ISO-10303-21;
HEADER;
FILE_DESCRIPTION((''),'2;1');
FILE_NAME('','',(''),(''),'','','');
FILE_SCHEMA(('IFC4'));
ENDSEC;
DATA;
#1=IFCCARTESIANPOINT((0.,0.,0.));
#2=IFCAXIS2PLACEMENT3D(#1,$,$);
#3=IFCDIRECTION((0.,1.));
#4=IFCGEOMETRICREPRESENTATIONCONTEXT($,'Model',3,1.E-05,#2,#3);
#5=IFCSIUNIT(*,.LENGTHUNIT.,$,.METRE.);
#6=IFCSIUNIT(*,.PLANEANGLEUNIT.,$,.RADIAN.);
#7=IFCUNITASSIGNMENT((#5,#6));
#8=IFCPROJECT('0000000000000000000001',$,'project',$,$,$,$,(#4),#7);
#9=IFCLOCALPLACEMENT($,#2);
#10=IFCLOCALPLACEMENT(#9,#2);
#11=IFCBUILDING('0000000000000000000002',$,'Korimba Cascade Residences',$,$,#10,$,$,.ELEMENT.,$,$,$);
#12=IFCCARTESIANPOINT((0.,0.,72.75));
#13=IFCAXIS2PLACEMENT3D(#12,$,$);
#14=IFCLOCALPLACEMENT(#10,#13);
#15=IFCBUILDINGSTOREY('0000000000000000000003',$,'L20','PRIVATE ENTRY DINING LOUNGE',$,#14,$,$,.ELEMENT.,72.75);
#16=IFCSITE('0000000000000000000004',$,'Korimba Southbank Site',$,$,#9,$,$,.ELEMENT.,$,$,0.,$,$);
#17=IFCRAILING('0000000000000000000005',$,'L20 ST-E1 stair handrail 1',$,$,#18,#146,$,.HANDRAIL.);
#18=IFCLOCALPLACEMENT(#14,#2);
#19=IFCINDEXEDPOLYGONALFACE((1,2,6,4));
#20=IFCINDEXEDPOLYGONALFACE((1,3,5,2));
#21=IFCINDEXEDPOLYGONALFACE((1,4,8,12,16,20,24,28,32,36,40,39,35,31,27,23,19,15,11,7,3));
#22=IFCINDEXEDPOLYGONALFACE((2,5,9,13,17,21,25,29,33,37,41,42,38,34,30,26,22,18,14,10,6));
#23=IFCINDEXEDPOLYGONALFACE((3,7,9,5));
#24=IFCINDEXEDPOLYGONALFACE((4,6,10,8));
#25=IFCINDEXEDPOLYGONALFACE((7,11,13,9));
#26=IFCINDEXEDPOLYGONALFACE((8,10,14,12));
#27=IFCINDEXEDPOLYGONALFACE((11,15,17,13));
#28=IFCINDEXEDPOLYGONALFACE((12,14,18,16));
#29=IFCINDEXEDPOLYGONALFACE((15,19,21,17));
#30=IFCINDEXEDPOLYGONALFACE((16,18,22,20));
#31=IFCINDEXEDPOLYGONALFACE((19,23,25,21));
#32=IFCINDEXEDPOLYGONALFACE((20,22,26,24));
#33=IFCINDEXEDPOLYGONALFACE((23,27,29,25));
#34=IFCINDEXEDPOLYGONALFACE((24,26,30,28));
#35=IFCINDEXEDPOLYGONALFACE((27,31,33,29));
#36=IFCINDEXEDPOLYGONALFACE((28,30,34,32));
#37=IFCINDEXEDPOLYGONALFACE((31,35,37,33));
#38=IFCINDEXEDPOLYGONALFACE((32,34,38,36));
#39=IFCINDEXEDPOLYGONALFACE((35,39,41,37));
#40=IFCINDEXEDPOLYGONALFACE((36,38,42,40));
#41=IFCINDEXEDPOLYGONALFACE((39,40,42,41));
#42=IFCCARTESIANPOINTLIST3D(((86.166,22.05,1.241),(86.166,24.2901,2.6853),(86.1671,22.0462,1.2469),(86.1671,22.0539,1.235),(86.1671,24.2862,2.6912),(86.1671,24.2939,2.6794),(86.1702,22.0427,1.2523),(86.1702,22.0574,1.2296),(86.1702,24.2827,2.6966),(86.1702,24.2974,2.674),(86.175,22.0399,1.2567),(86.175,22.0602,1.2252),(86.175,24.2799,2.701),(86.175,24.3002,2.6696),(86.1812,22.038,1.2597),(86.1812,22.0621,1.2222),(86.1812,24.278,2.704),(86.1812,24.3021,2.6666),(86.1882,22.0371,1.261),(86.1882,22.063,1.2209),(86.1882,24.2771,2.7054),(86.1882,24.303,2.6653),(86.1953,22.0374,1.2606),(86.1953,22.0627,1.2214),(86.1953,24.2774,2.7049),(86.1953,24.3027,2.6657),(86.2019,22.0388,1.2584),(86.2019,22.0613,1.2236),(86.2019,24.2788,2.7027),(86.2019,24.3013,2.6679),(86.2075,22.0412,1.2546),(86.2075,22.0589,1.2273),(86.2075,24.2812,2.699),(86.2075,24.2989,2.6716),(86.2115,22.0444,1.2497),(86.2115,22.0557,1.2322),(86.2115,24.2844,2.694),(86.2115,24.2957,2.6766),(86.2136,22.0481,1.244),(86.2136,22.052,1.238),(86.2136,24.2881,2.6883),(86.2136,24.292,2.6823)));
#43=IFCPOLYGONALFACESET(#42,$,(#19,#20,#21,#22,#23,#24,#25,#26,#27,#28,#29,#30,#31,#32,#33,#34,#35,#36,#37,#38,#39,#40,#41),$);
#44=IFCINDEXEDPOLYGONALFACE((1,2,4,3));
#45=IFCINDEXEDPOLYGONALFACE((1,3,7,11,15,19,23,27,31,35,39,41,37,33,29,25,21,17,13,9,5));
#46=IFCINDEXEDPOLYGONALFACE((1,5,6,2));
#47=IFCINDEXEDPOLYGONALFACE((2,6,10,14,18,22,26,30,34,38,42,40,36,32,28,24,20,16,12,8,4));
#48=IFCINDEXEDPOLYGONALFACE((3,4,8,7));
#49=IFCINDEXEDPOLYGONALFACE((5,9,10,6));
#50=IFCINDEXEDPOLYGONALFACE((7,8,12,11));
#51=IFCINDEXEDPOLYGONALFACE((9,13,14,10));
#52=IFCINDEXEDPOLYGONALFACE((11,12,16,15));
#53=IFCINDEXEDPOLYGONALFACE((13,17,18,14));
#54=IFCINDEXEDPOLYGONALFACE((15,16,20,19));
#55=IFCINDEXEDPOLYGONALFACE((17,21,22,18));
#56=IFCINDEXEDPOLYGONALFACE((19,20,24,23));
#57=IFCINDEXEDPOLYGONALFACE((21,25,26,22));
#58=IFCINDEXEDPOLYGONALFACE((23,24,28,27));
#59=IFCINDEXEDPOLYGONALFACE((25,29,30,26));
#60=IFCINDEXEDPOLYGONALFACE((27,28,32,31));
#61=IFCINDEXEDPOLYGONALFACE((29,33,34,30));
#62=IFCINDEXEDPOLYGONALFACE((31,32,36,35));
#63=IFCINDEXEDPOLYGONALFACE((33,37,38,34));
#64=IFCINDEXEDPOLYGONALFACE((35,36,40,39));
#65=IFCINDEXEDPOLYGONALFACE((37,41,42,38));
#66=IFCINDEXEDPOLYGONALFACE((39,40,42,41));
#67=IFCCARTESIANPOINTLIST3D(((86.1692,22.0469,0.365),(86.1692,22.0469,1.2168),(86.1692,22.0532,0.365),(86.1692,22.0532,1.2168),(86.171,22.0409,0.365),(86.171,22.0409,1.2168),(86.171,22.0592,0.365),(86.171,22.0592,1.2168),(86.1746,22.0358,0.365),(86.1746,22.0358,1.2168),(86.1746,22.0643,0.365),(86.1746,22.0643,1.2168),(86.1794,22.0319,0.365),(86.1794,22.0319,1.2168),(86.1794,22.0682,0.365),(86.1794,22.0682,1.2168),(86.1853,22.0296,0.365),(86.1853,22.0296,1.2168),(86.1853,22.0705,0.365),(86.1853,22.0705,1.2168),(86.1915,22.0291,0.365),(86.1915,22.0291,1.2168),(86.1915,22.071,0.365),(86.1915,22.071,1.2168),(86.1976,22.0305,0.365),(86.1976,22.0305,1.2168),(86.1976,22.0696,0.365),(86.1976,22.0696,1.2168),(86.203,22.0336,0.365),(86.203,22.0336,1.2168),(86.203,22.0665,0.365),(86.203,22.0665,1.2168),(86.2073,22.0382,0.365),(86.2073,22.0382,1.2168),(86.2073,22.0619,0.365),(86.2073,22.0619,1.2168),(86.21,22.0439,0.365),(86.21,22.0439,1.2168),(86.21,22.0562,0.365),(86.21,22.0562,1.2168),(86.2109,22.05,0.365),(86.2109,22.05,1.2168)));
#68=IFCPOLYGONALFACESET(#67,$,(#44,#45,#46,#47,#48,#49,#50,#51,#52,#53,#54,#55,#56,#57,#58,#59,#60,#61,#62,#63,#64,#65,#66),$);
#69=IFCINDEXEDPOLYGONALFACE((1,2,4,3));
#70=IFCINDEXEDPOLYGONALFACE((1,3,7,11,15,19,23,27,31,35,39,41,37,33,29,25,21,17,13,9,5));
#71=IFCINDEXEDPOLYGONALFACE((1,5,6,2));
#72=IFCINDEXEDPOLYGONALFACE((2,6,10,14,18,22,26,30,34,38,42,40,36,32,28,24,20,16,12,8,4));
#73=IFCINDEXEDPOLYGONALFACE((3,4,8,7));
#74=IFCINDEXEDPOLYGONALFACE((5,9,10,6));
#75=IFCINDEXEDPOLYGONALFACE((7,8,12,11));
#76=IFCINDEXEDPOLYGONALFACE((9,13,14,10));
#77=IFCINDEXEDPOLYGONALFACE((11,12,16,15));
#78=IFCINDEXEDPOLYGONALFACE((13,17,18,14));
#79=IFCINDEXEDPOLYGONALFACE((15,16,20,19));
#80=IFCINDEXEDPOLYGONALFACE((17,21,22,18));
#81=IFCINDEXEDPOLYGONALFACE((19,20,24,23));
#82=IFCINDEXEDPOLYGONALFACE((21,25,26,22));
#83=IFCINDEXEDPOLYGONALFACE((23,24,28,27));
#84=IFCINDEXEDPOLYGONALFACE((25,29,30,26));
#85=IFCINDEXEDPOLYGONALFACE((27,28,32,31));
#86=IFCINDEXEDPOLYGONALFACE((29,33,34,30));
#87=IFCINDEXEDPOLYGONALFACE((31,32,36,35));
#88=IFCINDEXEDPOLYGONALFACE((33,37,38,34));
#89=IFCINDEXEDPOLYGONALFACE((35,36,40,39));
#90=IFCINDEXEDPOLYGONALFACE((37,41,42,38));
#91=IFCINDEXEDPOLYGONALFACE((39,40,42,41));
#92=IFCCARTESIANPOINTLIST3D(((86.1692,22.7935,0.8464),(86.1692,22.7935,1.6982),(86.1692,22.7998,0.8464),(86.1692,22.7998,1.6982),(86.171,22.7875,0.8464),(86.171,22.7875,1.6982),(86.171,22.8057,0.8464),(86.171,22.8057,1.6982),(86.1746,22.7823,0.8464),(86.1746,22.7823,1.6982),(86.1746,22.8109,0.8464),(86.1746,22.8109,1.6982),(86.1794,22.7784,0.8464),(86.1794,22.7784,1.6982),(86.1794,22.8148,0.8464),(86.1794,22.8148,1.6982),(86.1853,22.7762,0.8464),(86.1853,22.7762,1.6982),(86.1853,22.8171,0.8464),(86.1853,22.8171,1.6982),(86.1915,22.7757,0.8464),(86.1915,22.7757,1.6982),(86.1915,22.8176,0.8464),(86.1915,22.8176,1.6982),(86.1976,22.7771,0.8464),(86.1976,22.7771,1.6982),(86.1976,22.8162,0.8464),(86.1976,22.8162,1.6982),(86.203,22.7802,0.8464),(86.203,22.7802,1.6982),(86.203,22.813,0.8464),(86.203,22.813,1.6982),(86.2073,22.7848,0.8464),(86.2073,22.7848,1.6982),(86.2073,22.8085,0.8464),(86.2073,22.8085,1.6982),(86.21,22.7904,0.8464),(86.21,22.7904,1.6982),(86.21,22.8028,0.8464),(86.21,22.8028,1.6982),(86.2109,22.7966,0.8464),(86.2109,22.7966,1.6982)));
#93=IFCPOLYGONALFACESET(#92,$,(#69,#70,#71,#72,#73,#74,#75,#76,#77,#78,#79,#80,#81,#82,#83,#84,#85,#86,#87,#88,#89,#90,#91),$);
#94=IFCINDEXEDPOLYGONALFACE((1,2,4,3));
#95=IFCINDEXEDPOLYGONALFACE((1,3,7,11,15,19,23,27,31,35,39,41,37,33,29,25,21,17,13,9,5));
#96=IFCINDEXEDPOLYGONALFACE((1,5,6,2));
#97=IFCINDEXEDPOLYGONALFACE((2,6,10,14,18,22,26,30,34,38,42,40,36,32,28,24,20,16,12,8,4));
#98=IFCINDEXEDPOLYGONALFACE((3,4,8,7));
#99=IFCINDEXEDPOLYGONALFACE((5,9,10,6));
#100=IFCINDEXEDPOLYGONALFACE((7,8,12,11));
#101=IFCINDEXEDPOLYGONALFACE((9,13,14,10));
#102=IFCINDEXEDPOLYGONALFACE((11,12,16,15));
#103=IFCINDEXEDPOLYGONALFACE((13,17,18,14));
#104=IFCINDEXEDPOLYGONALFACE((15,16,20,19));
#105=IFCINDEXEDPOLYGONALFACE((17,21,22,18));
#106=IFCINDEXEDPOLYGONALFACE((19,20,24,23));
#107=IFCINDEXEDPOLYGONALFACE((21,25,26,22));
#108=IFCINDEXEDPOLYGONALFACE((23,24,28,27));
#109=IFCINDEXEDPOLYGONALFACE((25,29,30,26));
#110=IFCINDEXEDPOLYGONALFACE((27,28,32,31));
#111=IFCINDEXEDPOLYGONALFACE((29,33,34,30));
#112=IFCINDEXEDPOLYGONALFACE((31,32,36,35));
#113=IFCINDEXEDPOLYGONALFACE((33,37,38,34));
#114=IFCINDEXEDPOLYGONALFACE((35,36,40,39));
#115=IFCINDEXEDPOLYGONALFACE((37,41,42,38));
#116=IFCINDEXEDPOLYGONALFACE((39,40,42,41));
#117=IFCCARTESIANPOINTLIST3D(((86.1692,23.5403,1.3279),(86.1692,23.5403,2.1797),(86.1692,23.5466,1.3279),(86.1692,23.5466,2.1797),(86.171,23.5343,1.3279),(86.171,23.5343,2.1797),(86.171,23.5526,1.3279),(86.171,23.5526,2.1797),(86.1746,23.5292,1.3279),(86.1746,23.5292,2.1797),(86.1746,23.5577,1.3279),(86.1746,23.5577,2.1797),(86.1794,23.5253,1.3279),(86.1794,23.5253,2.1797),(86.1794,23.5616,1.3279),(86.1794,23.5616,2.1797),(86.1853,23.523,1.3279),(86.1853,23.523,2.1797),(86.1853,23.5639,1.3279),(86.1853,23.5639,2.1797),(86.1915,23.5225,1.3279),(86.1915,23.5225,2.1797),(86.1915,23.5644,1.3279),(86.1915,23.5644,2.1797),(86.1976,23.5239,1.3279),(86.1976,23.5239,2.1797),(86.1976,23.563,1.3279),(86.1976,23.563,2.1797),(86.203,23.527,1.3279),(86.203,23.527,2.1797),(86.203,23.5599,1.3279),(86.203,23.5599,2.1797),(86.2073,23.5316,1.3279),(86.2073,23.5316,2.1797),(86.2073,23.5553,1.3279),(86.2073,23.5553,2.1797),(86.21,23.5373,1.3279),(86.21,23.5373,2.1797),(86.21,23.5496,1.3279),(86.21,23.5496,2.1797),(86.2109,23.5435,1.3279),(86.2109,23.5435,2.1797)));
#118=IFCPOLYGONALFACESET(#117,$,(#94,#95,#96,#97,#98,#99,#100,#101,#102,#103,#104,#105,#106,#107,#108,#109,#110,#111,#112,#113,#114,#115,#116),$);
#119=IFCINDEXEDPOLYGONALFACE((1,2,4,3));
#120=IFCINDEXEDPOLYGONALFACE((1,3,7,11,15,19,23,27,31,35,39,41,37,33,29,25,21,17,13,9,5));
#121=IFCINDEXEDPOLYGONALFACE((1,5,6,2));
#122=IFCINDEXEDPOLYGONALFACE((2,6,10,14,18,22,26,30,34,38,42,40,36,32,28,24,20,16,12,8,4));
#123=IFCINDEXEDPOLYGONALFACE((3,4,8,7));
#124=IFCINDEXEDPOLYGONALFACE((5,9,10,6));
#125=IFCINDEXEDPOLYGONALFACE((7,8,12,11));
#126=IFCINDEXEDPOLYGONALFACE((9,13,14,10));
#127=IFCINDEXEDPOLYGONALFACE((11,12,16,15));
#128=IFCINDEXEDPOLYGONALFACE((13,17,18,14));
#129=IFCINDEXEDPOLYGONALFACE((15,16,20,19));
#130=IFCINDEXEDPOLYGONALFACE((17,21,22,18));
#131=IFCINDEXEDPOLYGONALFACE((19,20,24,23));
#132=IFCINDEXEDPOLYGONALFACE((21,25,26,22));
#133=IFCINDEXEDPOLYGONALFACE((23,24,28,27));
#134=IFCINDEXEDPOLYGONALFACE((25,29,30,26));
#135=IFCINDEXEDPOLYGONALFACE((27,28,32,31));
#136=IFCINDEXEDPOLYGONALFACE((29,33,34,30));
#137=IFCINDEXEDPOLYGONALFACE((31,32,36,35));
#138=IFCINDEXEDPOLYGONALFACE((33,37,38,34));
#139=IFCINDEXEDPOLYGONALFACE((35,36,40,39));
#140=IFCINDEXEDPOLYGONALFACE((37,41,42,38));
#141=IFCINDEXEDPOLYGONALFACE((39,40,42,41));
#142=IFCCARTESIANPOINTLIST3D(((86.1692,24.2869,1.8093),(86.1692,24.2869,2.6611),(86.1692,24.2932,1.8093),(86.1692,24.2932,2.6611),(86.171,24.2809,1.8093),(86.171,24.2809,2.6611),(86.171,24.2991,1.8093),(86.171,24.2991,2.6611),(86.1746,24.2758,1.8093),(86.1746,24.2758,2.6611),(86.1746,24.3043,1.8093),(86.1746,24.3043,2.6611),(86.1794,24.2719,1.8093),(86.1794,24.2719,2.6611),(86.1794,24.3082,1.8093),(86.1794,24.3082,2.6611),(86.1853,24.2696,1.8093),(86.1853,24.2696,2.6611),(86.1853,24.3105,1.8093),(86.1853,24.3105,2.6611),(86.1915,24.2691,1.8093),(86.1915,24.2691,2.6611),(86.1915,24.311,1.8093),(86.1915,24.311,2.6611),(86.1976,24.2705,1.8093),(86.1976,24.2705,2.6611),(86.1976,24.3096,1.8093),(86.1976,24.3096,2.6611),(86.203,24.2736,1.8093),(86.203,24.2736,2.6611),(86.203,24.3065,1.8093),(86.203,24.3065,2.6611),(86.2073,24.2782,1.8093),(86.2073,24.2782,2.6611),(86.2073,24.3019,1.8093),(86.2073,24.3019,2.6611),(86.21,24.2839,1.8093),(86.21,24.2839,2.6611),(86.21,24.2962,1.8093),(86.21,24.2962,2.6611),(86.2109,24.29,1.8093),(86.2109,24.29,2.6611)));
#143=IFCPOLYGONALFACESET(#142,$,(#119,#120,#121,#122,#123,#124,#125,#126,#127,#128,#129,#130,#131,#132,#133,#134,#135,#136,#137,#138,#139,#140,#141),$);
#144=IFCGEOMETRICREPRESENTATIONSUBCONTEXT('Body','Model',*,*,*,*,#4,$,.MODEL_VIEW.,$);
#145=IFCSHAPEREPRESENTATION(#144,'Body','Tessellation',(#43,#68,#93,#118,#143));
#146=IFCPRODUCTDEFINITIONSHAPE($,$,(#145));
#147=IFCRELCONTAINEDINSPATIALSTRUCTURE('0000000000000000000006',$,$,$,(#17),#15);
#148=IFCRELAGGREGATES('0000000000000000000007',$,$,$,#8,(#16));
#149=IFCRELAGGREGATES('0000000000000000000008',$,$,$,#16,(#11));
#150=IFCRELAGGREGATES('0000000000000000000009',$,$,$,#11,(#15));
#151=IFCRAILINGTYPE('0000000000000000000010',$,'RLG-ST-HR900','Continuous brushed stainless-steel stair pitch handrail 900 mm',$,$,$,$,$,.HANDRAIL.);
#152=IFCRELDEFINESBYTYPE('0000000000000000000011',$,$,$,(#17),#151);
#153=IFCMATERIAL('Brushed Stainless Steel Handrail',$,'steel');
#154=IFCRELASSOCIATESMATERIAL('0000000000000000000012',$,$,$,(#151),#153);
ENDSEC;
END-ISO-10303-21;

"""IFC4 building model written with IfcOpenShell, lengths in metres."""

from ifc_helpers import new_model, si_unit, direction, frame, origin, origin_2d, place, context, subcontext, project, spatial, circle, extrude, material, type_object, element, save


model = new_model("IFC4")

# Units and contexts
model_context = context("Model", 3, precision=1e-05, world=origin(), true_north=direction((0.0, 1.0)))
body_context = subcontext(model_context, "Body", "Model", "MODEL_VIEW")
ifc_project = project(units=[si_unit("LENGTHUNIT", "METRE"), si_unit("PLANEANGLEUNIT", "RADIAN")], contexts=[model_context])

# Site, building, storey
site_placement = place(None, origin())
site = spatial("IfcSite", under=ifc_project, at=site_placement, Name="Korimba Southbank Site", CompositionType="ELEMENT", RefElevation=0.0)
building_placement = place(site_placement, origin())
building = spatial("IfcBuilding", under=site, at=building_placement, Name="Korimba Cascade Residences", CompositionType="ELEMENT")
storey_placement = place(building_placement, frame((0.0, 0.0, 72.75)))
storey = spatial("IfcBuildingStorey", under=building, at=storey_placement, Name="L20", Description="PRIVATE ENTRY DINING LOUNGE", CompositionType="ELEMENT", Elevation=72.75)

# Railing
ifc_material_1 = material(Name="Brushed Stainless Steel Handrail", Category="steel")
railing_type = type_object("IfcRailingType", Name="RLG-ST-HR900", Description="Continuous brushed stainless-steel stair pitch handrail 900 mm", PredefinedType="HANDRAIL", material=ifc_material_1)
railing_placement = place(storey_placement, frame((86.1899, 22.05, 0.365)))
element("IfcRailing", 1, at=railing_placement, inside=storey, type_object=railing_type, Name="L20 ST-E1 stair handrail 1", PredefinedType="HANDRAIL", context=body_context, shape_type="SweptSolid", body=[
    extrude(circle(Radius=0.0239, at=origin_2d()), frame((0.0, 0.0, 0.876), z_axis=(0.0, 0.840437, 0.54191), x_axis=(-1.0, 0.0, 0.0)), (0.0, 0.0, 1.0), 2.6653),
    extrude(circle(Radius=0.021, at=origin_2d()), origin(), (0.0, 0.0, 1.0), 0.8518),
    extrude(circle(Radius=0.021, at=origin_2d()), frame((0.0, 0.7466, 0.4814)), (0.0, 0.0, 1.0), 0.8518),
    extrude(circle(Radius=0.021, at=origin_2d()), frame((0.0, 1.4934, 0.9629)), (0.0, 0.0, 1.0), 0.8518),
    extrude(circle(Radius=0.021, at=origin_2d()), frame((0.0, 2.24, 1.4443)), (0.0, 0.0, 1.0), 0.8518),
])

save(model, "model.ifc")
